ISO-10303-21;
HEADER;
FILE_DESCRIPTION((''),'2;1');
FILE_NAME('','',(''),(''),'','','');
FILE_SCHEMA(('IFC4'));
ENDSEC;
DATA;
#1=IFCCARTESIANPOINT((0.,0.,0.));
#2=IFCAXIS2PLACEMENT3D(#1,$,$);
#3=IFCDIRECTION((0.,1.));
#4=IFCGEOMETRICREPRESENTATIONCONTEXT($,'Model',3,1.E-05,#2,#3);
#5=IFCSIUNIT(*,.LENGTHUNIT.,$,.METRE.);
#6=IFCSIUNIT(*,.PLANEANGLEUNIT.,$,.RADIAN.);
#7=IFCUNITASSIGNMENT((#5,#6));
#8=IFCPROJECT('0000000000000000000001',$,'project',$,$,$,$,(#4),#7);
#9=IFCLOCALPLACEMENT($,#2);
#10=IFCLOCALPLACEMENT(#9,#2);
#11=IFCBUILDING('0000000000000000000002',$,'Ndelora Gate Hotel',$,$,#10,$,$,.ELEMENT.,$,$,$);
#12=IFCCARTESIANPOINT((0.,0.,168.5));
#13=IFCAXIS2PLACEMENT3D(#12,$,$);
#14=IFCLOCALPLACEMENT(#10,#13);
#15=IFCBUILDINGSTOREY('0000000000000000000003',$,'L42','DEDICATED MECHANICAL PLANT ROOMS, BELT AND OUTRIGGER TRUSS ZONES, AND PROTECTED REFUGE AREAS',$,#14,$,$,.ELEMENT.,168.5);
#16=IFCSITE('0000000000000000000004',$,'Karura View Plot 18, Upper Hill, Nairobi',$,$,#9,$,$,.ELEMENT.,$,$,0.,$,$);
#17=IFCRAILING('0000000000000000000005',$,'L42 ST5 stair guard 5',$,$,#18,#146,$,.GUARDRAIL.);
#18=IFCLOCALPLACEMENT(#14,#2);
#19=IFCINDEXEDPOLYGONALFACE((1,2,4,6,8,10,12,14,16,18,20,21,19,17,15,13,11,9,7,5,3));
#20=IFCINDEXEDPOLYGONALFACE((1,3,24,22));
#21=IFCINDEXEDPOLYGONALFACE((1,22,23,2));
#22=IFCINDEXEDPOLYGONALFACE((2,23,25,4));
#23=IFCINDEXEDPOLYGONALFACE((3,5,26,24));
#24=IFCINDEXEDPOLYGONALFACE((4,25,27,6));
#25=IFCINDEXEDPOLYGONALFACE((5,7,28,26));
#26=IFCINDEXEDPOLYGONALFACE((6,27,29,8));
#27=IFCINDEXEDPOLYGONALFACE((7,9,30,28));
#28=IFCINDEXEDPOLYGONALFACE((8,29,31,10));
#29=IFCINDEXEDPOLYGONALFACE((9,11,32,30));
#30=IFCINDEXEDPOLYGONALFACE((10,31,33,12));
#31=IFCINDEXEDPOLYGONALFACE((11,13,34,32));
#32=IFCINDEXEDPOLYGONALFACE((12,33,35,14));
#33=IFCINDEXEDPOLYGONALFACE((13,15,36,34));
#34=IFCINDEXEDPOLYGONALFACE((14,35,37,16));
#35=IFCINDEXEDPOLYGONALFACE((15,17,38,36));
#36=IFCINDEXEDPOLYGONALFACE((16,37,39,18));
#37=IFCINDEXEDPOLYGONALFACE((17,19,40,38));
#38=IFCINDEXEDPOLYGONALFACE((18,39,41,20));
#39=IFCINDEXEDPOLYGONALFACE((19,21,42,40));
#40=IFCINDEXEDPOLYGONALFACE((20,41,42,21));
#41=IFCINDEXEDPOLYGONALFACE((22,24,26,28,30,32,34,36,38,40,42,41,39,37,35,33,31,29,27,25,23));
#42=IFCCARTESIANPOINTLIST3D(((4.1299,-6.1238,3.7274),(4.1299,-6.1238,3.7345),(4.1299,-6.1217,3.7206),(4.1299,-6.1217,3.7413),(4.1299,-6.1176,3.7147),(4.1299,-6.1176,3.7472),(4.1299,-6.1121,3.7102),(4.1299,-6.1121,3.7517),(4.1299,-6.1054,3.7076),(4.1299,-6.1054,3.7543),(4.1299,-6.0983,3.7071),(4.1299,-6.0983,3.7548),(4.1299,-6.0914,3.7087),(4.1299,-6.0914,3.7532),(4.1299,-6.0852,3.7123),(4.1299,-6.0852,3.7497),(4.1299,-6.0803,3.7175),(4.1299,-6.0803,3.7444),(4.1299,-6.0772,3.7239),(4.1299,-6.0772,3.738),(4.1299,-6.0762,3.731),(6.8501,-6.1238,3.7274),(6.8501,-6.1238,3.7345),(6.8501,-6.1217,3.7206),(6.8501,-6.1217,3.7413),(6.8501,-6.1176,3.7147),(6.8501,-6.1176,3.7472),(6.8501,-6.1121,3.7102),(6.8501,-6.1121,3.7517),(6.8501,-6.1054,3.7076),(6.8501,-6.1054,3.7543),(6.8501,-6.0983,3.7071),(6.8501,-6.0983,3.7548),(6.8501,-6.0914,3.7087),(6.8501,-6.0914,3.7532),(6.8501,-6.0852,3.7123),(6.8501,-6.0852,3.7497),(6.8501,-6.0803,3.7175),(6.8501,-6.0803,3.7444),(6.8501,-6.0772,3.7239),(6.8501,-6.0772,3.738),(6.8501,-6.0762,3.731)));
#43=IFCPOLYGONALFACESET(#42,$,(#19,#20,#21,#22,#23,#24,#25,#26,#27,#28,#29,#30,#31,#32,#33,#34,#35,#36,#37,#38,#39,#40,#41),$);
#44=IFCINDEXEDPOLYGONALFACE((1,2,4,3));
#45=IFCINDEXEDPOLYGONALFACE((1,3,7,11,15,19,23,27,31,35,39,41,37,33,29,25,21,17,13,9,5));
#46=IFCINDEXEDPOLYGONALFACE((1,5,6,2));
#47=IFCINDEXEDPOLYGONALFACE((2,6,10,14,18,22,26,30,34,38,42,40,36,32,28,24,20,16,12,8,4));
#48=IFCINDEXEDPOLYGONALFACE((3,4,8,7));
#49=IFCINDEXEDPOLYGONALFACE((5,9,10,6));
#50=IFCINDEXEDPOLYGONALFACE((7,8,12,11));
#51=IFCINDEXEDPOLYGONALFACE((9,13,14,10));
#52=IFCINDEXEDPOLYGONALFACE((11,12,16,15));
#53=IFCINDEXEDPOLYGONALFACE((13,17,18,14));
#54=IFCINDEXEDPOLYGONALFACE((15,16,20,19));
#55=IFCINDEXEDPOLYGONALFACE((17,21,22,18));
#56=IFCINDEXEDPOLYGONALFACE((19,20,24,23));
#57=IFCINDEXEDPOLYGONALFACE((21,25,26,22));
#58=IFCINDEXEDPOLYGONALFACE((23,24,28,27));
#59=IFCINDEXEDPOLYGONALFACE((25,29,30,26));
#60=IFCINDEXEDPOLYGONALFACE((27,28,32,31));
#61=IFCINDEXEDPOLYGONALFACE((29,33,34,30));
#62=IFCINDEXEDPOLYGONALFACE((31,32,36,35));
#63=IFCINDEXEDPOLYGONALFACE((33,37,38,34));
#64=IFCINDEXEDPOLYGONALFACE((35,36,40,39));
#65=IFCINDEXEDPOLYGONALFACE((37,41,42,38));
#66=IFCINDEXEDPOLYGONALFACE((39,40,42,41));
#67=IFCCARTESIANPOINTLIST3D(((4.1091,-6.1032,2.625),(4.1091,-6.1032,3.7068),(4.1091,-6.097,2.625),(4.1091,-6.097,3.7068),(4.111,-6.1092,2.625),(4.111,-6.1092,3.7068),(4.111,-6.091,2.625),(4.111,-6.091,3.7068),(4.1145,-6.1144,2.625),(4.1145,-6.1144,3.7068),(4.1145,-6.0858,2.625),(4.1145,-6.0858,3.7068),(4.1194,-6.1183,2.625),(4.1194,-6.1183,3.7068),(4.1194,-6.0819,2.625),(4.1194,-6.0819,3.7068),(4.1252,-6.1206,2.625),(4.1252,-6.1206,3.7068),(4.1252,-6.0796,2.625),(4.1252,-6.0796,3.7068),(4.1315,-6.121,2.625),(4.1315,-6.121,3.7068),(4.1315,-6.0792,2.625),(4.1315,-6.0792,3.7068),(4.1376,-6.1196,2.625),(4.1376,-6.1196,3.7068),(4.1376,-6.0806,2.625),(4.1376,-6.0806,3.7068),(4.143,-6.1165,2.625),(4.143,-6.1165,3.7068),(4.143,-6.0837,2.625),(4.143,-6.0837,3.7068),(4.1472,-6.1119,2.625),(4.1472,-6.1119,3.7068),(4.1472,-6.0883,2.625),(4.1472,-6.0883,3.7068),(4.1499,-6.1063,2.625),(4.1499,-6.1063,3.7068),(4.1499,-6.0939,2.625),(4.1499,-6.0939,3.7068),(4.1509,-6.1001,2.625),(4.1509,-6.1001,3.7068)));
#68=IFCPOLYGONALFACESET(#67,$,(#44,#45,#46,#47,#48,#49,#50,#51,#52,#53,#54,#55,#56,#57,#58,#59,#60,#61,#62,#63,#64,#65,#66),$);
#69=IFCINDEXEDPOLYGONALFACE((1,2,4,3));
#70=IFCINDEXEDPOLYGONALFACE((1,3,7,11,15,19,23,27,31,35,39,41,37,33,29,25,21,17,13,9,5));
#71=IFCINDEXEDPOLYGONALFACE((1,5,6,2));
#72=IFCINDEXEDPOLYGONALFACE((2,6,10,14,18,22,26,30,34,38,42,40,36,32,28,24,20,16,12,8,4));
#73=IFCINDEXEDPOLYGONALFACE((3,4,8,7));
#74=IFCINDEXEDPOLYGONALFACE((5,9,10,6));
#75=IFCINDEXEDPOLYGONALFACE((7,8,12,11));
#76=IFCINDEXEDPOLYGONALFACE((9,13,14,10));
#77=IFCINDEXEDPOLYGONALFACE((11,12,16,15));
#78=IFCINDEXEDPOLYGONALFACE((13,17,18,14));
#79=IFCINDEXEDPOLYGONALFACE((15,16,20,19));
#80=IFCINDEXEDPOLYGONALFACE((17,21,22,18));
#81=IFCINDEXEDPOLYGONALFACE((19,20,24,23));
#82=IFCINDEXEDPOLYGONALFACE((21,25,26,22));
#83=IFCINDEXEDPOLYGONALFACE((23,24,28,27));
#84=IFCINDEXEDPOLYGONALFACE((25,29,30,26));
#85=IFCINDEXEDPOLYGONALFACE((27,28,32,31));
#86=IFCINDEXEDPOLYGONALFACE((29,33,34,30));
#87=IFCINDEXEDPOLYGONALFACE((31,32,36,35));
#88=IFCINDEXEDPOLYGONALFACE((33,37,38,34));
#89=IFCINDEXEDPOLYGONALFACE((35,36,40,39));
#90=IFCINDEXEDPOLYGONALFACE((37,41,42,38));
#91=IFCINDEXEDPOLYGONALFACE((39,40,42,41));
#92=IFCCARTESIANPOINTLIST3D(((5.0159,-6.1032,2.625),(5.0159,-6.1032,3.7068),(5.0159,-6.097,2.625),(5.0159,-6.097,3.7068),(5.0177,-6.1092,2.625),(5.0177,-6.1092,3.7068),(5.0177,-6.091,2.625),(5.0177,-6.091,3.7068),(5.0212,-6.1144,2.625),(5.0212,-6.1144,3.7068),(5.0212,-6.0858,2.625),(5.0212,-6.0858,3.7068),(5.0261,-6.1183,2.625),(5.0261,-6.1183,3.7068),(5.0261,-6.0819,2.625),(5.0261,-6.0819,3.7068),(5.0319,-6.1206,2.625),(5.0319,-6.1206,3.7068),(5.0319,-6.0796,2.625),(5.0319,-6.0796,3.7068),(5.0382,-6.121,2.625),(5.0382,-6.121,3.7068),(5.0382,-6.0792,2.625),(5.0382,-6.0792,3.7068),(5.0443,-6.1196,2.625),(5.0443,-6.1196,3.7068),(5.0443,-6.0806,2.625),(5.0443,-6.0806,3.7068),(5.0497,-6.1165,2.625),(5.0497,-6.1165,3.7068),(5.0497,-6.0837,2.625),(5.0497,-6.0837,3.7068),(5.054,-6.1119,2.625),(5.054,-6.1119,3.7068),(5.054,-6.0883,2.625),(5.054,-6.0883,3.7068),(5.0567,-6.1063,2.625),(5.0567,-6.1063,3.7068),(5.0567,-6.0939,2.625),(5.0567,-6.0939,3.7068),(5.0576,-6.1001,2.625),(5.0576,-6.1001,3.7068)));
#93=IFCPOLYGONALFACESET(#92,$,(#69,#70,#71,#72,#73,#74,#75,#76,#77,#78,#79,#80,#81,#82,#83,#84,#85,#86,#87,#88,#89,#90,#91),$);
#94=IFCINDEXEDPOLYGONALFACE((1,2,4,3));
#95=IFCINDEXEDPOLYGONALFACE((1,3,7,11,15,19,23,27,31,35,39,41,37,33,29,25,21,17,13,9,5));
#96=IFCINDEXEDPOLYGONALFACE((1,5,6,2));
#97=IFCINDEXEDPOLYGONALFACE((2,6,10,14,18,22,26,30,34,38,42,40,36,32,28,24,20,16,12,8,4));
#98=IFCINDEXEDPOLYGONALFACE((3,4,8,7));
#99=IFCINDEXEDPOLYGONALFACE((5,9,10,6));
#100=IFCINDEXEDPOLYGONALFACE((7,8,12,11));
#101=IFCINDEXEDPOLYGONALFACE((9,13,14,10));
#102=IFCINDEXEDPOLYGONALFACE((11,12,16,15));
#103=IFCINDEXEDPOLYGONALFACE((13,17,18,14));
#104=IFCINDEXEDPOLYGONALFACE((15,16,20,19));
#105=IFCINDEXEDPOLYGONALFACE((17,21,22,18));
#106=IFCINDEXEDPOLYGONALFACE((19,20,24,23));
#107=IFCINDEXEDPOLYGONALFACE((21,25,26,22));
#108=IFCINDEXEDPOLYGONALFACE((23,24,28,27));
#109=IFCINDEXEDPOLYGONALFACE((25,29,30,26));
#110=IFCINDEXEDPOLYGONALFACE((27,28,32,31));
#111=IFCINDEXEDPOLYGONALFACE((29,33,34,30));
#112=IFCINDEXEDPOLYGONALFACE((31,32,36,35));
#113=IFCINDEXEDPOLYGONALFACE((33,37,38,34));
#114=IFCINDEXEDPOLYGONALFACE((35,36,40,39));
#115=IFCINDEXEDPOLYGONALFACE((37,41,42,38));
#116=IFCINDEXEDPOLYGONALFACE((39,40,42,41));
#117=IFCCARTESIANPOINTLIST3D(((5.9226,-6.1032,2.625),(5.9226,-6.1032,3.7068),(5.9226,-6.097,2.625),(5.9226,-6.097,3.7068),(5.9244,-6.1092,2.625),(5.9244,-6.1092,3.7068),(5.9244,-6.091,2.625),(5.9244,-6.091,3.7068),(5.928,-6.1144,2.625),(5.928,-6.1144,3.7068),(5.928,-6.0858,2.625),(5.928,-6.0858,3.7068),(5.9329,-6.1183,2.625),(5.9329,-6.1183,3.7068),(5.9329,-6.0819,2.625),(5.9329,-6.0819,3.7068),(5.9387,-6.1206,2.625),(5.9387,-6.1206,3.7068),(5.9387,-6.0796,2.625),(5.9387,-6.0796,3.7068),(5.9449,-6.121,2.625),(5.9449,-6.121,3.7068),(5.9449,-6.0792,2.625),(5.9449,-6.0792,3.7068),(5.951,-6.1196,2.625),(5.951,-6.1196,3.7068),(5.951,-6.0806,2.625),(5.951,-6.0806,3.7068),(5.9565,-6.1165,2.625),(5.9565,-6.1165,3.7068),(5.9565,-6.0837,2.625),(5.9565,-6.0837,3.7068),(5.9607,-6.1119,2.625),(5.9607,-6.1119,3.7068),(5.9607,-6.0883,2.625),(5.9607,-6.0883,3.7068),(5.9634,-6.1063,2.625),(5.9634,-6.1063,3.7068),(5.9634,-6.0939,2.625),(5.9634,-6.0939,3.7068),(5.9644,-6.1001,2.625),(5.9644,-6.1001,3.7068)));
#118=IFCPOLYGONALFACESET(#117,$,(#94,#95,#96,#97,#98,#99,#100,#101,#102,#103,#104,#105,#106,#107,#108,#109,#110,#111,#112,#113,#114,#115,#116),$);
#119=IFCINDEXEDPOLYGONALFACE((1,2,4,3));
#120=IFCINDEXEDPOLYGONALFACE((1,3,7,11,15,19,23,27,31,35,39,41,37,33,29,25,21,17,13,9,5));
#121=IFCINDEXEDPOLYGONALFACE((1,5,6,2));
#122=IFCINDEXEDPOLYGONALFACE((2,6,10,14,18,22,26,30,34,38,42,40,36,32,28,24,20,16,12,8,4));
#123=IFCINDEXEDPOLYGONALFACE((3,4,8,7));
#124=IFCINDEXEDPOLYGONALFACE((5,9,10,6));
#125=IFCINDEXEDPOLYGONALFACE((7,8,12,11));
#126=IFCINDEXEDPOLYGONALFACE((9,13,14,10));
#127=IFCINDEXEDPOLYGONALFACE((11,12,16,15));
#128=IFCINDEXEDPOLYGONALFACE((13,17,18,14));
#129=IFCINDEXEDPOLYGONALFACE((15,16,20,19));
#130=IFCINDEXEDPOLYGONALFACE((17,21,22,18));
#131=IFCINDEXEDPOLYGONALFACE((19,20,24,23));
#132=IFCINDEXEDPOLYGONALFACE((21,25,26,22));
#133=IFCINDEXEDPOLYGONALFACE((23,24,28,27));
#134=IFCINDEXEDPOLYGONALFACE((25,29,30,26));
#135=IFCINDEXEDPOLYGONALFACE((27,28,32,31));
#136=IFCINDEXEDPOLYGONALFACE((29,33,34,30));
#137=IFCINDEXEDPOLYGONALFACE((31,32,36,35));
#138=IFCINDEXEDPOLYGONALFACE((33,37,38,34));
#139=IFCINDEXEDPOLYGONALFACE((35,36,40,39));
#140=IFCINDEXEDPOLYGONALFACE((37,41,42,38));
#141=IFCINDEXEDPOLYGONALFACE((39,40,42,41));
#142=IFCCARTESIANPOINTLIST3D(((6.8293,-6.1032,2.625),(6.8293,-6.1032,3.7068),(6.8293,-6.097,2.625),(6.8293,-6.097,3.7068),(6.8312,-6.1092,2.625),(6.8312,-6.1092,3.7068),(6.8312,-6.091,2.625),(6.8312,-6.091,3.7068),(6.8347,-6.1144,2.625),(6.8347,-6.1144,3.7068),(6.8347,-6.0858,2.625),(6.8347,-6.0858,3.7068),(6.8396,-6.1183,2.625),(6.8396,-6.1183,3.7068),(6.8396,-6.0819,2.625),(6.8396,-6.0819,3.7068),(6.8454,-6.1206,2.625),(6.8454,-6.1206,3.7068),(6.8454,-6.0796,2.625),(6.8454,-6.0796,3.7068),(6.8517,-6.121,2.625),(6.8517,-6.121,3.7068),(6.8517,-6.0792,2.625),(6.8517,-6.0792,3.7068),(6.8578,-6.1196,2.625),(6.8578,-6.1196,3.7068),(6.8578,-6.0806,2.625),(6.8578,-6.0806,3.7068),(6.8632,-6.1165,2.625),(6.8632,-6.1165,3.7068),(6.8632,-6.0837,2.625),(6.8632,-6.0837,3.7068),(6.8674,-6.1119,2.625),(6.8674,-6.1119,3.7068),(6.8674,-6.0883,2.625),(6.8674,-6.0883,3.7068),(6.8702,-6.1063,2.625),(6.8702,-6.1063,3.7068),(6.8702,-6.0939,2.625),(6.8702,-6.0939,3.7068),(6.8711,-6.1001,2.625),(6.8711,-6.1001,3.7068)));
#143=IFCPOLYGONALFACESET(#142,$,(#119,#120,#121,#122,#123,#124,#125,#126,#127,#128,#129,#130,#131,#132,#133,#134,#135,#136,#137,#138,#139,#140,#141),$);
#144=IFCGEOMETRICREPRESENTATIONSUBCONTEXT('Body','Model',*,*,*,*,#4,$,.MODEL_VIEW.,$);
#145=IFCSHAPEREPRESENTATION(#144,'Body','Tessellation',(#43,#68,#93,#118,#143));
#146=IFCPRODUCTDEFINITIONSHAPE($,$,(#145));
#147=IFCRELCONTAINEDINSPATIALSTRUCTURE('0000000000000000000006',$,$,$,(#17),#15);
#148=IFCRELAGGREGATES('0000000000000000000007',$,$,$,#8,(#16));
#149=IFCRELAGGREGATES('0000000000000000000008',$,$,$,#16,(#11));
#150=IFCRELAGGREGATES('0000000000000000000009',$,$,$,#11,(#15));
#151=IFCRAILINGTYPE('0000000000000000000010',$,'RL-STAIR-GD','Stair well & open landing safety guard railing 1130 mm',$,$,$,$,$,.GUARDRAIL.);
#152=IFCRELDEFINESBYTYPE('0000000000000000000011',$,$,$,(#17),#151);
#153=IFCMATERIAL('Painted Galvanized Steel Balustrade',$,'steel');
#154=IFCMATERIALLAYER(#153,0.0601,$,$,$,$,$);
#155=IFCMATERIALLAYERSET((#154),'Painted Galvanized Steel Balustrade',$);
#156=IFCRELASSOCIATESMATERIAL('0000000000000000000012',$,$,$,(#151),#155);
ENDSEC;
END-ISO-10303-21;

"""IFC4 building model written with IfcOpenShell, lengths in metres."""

from ifc_helpers import new_model, si_unit, direction, frame, origin, origin_2d, place, context, subcontext, project, spatial, circle, extrude, material, layer, layer_set, type_object, element, save


model = new_model("IFC4")

# Units and contexts
model_context = context("Model", 3, precision=1e-05, world=origin(), true_north=direction((0.0, 1.0)))
body_context = subcontext(model_context, "Body", "Model", "MODEL_VIEW")
ifc_project = project(units=[si_unit("LENGTHUNIT", "METRE"), si_unit("PLANEANGLEUNIT", "RADIAN")], contexts=[model_context])

# Site, building, storey
site_placement = place(None, origin())
site = spatial("IfcSite", under=ifc_project, at=site_placement, Name="Karura View Plot 18, Upper Hill, Nairobi", CompositionType="ELEMENT", RefElevation=0.0)
building_placement = place(site_placement, origin())
building = spatial("IfcBuilding", under=site, at=building_placement, Name="Ndelora Gate Hotel", CompositionType="ELEMENT")
storey_placement = place(building_placement, frame((0.0, 0.0, 168.5)))
storey = spatial("IfcBuildingStorey", under=building, at=storey_placement, Name="L42", Description="DEDICATED MECHANICAL PLANT ROOMS, BELT AND OUTRIGGER TRUSS ZONES, AND PROTECTED REFUGE AREAS", CompositionType="ELEMENT", Elevation=168.5)

# Railing
ifc_material_1 = material(Name="Painted Galvanized Steel Balustrade", Category="steel")
ifc_layer_1 = layer(ifc_material_1, 0.0601)
ifc_layer_set_1 = layer_set([ifc_layer_1], Name="Painted Galvanized Steel Balustrade")
railing_type_1 = type_object("IfcRailingType", Name="RL-STAIR-GD", Description="Stair well & open landing safety guard railing 1130 mm", PredefinedType="GUARDRAIL", material=ifc_layer_set_1)
railing_1_placement = place(storey_placement, frame((4.1299, -6.1001, 2.625)))
element("IfcRailing", 1, at=railing_1_placement, inside=storey, type_object=railing_type_1, Name="L42 ST5 stair guard 5", PredefinedType="GUARDRAIL", context=body_context, shape_type="SweptSolid", body=[
    extrude(circle(Radius=0.0239, at=origin_2d()), frame((0.0, 0.0, 1.106), z_axis=(1.0, 0.0, 0.0), x_axis=(0.0, 1.0, 0.0)), (0.0, 0.0, 1.0), 2.7202),
    extrude(circle(Radius=0.021, at=origin_2d()), origin(), (0.0, 0.0, 1.0), 1.0818),
    extrude(circle(Radius=0.021, at=origin_2d()), frame((0.9067, 0.0, 0.0)), (0.0, 0.0, 1.0), 1.0818),
    extrude(circle(Radius=0.021, at=origin_2d()), frame((1.8135, 0.0, 0.0)), (0.0, 0.0, 1.0), 1.0818),
    extrude(circle(Radius=0.021, at=origin_2d()), frame((2.7202, 0.0, 0.0)), (0.0, 0.0, 1.0), 1.0818),
])

save(model, "model.ifc")
